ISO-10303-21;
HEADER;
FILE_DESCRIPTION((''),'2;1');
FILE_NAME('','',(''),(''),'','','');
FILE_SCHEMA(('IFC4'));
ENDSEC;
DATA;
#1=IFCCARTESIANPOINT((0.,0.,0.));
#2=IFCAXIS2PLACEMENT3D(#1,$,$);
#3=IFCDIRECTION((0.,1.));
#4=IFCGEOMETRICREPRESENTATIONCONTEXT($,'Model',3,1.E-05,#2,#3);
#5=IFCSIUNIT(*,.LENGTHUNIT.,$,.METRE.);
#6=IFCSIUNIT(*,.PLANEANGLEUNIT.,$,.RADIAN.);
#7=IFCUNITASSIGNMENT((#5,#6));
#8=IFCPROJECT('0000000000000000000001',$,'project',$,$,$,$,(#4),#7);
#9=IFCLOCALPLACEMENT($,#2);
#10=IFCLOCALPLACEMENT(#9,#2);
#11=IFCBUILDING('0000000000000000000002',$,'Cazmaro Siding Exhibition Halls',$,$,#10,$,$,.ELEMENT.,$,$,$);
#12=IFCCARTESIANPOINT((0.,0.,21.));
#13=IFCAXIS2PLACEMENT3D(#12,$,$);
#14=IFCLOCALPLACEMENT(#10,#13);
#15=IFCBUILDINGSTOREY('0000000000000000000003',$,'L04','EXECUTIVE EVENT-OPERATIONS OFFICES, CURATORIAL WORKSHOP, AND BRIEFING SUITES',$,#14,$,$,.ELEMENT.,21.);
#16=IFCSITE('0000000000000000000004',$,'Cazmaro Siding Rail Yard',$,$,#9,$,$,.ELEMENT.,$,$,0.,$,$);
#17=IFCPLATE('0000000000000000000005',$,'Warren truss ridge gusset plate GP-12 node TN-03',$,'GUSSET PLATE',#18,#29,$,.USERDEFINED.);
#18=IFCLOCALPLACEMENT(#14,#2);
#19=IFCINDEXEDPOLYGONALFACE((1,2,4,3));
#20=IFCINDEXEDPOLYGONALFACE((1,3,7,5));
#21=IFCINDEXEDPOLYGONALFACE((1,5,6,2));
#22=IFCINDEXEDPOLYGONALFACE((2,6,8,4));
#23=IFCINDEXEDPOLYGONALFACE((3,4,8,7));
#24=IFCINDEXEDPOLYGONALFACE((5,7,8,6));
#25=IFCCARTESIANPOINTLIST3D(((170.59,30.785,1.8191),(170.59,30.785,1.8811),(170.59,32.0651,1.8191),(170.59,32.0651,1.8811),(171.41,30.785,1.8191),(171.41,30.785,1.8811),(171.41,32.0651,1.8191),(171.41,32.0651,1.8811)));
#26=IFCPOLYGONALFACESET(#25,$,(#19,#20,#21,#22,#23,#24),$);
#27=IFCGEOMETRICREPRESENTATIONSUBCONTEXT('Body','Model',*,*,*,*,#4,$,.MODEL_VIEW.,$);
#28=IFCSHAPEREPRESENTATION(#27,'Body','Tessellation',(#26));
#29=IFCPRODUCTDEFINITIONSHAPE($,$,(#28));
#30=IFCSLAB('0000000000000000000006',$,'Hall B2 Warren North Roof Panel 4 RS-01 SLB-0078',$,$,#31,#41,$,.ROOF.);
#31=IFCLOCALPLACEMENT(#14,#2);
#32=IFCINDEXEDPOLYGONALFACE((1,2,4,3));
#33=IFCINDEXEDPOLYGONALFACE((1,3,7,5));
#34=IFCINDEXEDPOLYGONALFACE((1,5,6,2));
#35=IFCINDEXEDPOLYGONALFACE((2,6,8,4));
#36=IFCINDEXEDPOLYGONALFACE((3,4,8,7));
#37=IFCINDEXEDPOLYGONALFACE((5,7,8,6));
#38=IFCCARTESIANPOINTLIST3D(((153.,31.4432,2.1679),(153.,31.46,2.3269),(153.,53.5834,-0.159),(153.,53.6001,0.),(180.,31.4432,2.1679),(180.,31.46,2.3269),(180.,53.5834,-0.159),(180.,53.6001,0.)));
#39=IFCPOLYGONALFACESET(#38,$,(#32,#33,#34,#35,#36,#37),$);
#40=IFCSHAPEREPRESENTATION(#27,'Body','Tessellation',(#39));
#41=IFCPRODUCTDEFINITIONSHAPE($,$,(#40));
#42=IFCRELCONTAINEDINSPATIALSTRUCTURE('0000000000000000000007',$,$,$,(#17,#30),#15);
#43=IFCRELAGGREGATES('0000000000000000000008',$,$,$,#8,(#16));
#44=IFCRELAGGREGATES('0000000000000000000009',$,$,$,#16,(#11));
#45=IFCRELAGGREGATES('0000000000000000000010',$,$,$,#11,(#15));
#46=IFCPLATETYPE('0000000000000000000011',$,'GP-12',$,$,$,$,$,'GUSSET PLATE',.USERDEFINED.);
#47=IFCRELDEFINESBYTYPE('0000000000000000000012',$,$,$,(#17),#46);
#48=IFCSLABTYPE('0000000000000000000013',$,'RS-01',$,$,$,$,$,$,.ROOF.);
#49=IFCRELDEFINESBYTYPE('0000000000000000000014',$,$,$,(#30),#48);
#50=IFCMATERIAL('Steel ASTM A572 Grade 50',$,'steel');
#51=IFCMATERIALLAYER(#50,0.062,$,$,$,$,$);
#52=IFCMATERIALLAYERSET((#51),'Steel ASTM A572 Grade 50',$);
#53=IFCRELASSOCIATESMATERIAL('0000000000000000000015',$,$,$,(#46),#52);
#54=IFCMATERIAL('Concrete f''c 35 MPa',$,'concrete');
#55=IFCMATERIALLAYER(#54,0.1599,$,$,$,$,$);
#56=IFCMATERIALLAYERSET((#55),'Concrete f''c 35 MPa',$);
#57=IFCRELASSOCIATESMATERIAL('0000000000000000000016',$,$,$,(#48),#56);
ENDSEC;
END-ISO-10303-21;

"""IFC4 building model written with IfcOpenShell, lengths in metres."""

from ifc_helpers import new_model, si_unit, direction, frame, origin, origin_2d, place, context, subcontext, project, spatial, polyline, rectangle, outline, extrude, material, layer, layer_set, type_object, element, save


model = new_model("IFC4")

# Units and contexts
model_context = context("Model", 3, precision=1e-05, world=origin(), true_north=direction((0.0, 1.0)))
body_context = subcontext(model_context, "Body", "Model", "MODEL_VIEW")
ifc_project = project(units=[si_unit("LENGTHUNIT", "METRE"), si_unit("PLANEANGLEUNIT", "RADIAN")], contexts=[model_context])

# Site, building, storey
site_placement = place(None, origin())
site = spatial("IfcSite", under=ifc_project, at=site_placement, Name="Cazmaro Siding Rail Yard", CompositionType="ELEMENT", RefElevation=0.0)
building_placement = place(site_placement, origin())
building = spatial("IfcBuilding", under=site, at=building_placement, Name="Cazmaro Siding Exhibition Halls", CompositionType="ELEMENT")
storey_placement = place(building_placement, frame((0.0, 0.0, 21.0)))
storey = spatial("IfcBuildingStorey", under=building, at=storey_placement, Name="L04", Description="EXECUTIVE EVENT-OPERATIONS OFFICES, CURATORIAL WORKSHOP, AND BRIEFING SUITES", CompositionType="ELEMENT", Elevation=21.0)

# Plate
ifc_material_1 = material(Name="Steel ASTM A572 Grade 50", Category="steel")
ifc_layer_1 = layer(ifc_material_1, 0.062)
ifc_layer_set_1 = layer_set([ifc_layer_1], Name="Steel ASTM A572 Grade 50")
plate_type_1 = type_object("IfcPlateType", Name="GP-12", ElementType="GUSSET PLATE", PredefinedType="USERDEFINED", material=ifc_layer_set_1)
plate_1_placement = place(storey_placement, frame((171.0, 31.425, 1.8191), z_axis=(0.0, 0.0, 1.0), x_axis=(0.0, 1.0, 0.0)))
element("IfcPlate", 1, at=plate_1_placement, inside=storey, type_object=plate_type_1, Name="Warren truss ridge gusset plate GP-12 node TN-03", ObjectType="GUSSET PLATE", PredefinedType="USERDEFINED", context=body_context, shape_type="SweptSolid", body=[
    extrude(rectangle(XDim=1.28, YDim=0.8201, at=origin_2d()), origin(), (0.0, 0.0, 1.0), 0.062),
])

# Slab
ifc_material_2 = material(Name="Concrete f'c 35 MPa", Category="concrete")
ifc_layer_2 = layer(ifc_material_2, 0.1599)
ifc_layer_set_2 = layer_set([ifc_layer_2], Name="Concrete f'c 35 MPa")
slab_type = type_object("IfcSlabType", Name="RS-01", PredefinedType="ROOF", material=ifc_layer_set_2)
slab_placement = place(storey_placement, frame((153.0, 31.46, 2.3269), z_axis=(0.0, 0.104523, 0.994522), x_axis=(1.0, 0.0, 0.0)))
element("IfcSlab", 2, at=slab_placement, inside=storey, type_object=slab_type, Name="Hall B2 Warren North Roof Panel 4 RS-01 SLB-0078", PredefinedType="ROOF", context=body_context, shape_type="SweptSolid", body=[
    extrude(outline(polyline([(0.0, 0.0), (27.0, 0.0), (27.0, 22.2621), (0.0, 22.2621), (0.0, 0.0)])), origin(), (0.0, 0.0, -1.0), 0.1599),
])

save(model, "model.ifc")
